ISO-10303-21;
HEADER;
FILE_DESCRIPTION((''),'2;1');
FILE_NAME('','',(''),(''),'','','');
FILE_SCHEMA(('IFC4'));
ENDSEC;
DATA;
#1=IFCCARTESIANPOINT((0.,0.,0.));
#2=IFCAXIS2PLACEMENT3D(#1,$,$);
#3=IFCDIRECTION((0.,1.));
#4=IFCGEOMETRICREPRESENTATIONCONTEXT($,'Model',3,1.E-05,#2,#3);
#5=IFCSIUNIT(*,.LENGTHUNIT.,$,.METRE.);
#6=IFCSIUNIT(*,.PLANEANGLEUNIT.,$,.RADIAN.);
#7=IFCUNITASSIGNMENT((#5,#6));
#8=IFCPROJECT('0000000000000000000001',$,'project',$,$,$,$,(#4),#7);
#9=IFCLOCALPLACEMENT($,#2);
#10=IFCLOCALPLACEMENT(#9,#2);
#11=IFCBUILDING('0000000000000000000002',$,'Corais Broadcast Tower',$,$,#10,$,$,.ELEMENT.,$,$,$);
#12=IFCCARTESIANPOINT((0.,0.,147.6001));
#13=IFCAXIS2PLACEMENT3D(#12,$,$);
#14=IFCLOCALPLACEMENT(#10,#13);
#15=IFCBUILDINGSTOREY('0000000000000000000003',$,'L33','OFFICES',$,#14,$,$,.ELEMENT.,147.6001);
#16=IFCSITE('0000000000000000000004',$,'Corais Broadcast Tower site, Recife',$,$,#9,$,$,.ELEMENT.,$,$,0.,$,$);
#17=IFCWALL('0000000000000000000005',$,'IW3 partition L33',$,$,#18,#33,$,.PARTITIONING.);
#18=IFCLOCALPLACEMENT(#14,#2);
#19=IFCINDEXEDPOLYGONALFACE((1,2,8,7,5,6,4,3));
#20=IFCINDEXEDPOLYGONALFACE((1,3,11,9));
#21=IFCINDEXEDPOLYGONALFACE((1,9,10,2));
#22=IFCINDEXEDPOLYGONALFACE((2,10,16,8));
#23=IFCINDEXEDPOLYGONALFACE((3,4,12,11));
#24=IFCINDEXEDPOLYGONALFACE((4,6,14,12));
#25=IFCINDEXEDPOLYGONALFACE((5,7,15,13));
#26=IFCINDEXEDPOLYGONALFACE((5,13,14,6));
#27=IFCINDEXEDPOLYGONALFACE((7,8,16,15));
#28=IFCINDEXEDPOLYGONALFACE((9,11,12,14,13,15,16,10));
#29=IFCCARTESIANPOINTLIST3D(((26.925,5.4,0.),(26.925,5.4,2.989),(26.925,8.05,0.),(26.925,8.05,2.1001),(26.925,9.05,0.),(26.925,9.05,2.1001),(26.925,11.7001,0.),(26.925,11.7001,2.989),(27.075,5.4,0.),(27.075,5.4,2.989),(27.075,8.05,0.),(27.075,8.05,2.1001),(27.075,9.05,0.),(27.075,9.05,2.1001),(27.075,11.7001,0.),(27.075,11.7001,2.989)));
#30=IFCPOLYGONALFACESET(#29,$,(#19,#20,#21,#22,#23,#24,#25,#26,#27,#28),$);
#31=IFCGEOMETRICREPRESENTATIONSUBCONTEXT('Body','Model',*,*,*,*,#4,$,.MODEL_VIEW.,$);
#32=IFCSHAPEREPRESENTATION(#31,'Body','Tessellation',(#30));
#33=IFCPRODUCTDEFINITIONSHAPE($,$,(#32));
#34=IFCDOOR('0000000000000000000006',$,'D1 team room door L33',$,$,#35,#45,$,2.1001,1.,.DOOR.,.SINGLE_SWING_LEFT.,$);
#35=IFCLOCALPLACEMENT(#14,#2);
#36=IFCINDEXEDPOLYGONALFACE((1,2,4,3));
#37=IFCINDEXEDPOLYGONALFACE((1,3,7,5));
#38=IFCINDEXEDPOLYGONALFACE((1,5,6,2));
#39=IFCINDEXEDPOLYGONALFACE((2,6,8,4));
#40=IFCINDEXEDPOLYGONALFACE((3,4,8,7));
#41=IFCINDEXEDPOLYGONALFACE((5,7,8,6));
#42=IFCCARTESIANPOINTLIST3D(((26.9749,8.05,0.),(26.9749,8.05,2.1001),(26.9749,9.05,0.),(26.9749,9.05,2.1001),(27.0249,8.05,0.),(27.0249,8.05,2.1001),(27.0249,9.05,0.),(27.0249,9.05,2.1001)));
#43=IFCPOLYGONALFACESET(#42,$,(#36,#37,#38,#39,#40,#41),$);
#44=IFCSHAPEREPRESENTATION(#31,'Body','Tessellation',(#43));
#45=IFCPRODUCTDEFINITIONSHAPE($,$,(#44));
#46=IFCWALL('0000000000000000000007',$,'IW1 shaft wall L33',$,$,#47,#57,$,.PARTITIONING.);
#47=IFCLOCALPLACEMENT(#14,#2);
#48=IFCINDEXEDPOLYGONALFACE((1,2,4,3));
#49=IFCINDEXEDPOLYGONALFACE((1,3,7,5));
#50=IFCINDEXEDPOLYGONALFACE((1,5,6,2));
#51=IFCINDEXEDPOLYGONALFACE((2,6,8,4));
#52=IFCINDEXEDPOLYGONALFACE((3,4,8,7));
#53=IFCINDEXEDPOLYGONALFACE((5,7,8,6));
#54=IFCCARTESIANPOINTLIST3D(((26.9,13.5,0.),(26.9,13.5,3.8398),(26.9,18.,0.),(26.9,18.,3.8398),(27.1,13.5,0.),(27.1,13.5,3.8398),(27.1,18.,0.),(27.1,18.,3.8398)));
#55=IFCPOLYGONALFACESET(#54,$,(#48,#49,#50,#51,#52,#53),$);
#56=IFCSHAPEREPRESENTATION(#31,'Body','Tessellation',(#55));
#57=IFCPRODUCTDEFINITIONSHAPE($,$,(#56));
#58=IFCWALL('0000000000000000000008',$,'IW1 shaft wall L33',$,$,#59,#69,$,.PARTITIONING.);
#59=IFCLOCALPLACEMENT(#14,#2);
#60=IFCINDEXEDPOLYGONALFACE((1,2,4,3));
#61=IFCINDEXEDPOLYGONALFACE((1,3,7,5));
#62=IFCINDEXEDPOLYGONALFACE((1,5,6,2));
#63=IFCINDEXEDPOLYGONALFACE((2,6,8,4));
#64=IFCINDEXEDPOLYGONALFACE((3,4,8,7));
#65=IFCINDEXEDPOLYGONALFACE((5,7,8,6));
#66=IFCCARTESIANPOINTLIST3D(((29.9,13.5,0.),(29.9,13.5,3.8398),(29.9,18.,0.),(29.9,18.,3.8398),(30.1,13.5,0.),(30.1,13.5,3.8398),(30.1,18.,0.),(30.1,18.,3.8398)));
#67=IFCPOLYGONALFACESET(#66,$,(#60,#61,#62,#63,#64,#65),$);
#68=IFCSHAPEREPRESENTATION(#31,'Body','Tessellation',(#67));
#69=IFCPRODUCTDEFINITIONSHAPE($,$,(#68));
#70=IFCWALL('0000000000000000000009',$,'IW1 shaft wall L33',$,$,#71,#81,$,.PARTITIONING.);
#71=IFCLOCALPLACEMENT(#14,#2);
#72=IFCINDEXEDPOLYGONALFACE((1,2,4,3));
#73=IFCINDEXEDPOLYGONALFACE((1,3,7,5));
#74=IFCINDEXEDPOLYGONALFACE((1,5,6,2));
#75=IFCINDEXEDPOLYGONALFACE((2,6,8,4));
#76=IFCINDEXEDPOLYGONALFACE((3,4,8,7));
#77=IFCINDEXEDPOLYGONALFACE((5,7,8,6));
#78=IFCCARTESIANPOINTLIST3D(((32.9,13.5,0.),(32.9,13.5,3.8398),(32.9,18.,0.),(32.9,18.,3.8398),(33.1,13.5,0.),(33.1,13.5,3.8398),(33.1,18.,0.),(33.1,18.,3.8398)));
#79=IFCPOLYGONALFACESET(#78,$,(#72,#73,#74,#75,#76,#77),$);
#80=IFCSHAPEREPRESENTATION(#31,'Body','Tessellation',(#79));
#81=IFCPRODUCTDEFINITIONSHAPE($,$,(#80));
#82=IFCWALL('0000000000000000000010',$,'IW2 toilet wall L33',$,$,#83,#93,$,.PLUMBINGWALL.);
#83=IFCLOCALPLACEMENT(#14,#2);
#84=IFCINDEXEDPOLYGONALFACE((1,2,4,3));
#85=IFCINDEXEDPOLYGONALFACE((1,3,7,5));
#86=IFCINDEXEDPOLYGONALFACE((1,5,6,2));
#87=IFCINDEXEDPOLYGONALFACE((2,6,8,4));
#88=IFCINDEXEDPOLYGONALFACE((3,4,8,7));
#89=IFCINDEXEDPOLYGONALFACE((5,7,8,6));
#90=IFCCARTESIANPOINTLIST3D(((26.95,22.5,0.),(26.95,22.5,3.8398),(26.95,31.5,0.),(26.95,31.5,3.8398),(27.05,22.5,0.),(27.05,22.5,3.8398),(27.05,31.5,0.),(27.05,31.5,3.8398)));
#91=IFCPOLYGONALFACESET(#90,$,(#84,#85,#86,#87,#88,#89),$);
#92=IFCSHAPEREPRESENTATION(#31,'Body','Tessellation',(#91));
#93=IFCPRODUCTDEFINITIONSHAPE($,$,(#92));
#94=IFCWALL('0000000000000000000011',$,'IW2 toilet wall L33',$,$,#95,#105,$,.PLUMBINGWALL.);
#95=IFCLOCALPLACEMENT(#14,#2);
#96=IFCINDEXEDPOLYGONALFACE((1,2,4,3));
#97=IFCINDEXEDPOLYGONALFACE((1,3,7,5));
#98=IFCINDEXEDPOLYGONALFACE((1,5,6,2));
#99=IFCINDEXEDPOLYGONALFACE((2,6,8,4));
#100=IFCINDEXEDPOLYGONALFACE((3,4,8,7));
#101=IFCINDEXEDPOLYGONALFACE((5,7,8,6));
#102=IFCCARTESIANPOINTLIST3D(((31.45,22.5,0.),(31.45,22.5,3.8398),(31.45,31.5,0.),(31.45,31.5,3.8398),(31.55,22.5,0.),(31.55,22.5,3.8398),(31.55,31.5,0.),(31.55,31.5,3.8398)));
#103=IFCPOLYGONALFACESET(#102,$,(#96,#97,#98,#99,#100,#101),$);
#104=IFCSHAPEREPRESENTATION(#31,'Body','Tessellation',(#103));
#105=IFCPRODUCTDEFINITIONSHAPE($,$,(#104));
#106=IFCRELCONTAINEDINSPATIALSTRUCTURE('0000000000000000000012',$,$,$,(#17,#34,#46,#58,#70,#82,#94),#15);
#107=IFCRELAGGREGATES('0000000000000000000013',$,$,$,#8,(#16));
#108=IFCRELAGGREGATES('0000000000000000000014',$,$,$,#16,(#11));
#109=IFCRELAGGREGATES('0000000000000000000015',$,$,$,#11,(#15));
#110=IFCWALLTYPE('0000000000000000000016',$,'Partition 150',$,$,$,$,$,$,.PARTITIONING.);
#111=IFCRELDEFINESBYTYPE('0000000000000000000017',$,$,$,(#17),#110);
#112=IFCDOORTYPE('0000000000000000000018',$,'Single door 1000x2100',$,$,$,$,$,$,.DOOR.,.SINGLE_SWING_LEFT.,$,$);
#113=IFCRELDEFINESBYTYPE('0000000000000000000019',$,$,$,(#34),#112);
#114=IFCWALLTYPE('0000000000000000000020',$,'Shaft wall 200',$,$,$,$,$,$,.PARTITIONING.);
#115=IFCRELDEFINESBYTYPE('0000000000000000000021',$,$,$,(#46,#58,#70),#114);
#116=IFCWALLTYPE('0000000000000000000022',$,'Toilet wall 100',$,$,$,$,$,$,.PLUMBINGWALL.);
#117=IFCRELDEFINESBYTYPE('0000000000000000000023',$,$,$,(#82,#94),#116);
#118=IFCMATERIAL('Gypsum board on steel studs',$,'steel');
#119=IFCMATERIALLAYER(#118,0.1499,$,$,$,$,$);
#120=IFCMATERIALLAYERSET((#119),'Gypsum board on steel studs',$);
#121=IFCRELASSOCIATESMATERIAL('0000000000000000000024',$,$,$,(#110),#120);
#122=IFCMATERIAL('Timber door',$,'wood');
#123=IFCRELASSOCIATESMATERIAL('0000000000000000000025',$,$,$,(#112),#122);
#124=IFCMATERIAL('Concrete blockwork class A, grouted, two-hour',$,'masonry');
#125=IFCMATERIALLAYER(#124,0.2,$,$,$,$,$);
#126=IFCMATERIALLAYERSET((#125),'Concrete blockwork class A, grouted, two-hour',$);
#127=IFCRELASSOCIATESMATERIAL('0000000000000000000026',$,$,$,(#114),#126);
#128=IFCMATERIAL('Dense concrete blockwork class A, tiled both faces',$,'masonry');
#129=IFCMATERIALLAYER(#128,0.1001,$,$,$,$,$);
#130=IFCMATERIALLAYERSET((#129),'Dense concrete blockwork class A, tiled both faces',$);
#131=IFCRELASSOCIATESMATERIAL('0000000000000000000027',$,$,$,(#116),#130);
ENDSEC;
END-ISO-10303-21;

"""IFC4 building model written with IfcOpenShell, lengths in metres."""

from ifc_helpers import new_model, si_unit, direction, frame, frame_2d, origin, place, context, subcontext, project, spatial, rectangle, extrude, material, layer, layer_set, type_object, element, fill, save


model = new_model("IFC4")

# Units and contexts
model_context = context("Model", 3, precision=1e-05, world=origin(), true_north=direction((0.0, 1.0)))
body_context = subcontext(model_context, "Body", "Model", "MODEL_VIEW")
ifc_project = project(units=[si_unit("LENGTHUNIT", "METRE"), si_unit("PLANEANGLEUNIT", "RADIAN")], contexts=[model_context])

# Site, building, storey
site_placement = place(None, origin())
site = spatial("IfcSite", under=ifc_project, at=site_placement, Name="Corais Broadcast Tower site, Recife", CompositionType="ELEMENT", RefElevation=0.0)
building_placement = place(site_placement, origin())
building = spatial("IfcBuilding", under=site, at=building_placement, Name="Corais Broadcast Tower", CompositionType="ELEMENT")
storey_placement = place(building_placement, frame((0.0, 0.0, 147.6001)))
storey = spatial("IfcBuildingStorey", under=building, at=storey_placement, Name="L33", Description="OFFICES", CompositionType="ELEMENT", Elevation=147.6001)

# Wall, opening, door
ifc_material_1 = material(Name="Gypsum board on steel studs", Category="steel")
ifc_layer_1 = layer(ifc_material_1, 0.1499)
ifc_layer_set_1 = layer_set([ifc_layer_1], Name="Gypsum board on steel studs")
wall_type_1 = type_object("IfcWallType", Name="Partition 150", PredefinedType="PARTITIONING", material=ifc_layer_set_1)
ifc_material_2 = material(Name="Timber door", Category="wood")
door_type_1 = type_object("IfcDoorType", Name="Single door 1000x2100", OperationType="SINGLE_SWING_LEFT", PredefinedType="DOOR", material=ifc_material_2)
wall_1_placement = place(storey_placement, frame((27.0, 11.7, 0.0), z_axis=(0.0, 0.0, 1.0), x_axis=(0.0, -1.0, 0.0)))
wall_1 = element("IfcWall", 1, at=wall_1_placement, inside=storey, type_object=wall_type_1, Name="IW3 partition L33", PredefinedType="PARTITIONING", context=body_context, shape_type="SweptSolid", body=[
    extrude(rectangle(XDim=6.3, YDim=0.1499, at=frame_2d((3.1499, 0.0))), origin(), (0.0, 0.0, 1.0), 2.989),
])
opening_1_placement = place(wall_1_placement, frame((2.6499, 0.0, 0.0)))
opening_1 = element("IfcOpeningElement", 2, at=opening_1_placement, cuts=wall_1, PredefinedType="OPENING", context=body_context, shape_type="SweptSolid", body=[
    extrude(rectangle(XDim=1.0, YDim=2.1001, at=frame_2d((0.5, 1.05))), frame((0.0, 0.085, 0.0), z_axis=(0.0, -1.0, 0.0), x_axis=(1.0, 0.0, 0.0)), (0.0, 0.0, 1.0), 0.1699),
])
door_1_placement = place(opening_1_placement, origin())
door_1 = element("IfcDoor", 3, at=door_1_placement, inside=storey, type_object=door_type_1, Name="D1 team room door L33", OperationType="SINGLE_SWING_LEFT", OverallHeight=2.1001, OverallWidth=1.0, PredefinedType="DOOR", context=body_context, shape_type="SweptSolid", body=[
    extrude(rectangle(XDim=1.0, YDim=2.1001, at=frame_2d((0.5, 1.05))), frame((0.0, 0.0249, 0.0), z_axis=(0.0, -1.0, 0.0), x_axis=(1.0, 0.0, 0.0)), (0.0, 0.0, 1.0), 0.05),
])
fill(opening_1, door_1)

# Walls
ifc_material_3 = material(Name="Concrete blockwork class A, grouted, two-hour", Category="masonry")
ifc_layer_2 = layer(ifc_material_3, 0.2)
ifc_layer_set_2 = layer_set([ifc_layer_2], Name="Concrete blockwork class A, grouted, two-hour")
wall_type_2 = type_object("IfcWallType", Name="Shaft wall 200", PredefinedType="PARTITIONING", material=ifc_layer_set_2)
for number, where, z_axis, x_axis, name in (
    (4, (27.0, 13.5, 0.0), (0.0, 0.0, 1.0), (0.0, 1.0, 0.0), "IW1 shaft wall L33"),
    (5, (30.0, 13.5, 0.0), (0.0, 0.0, 1.0), (0.0, 1.0, 0.0), "IW1 shaft wall L33"),
    (6, (33.0, 13.5, 0.0), (0.0, 0.0, 1.0), (0.0, 1.0, 0.0), "IW1 shaft wall L33"),
):
    element("IfcWall", number, at=place(storey_placement, frame(where, z_axis=z_axis, x_axis=x_axis)), inside=storey, type_object=wall_type_2, Name=name, PredefinedType="PARTITIONING", context=body_context, shape_type="SweptSolid", body=[
        extrude(rectangle(XDim=4.5, YDim=0.2, at=frame_2d((2.25, 0.0))), origin(), (0.0, 0.0, 1.0), 3.8398),
    ])
ifc_material_4 = material(Name="Dense concrete blockwork class A, tiled both faces", Category="masonry")
ifc_layer_3 = layer(ifc_material_4, 0.1001)
ifc_layer_set_3 = layer_set([ifc_layer_3], Name="Dense concrete blockwork class A, tiled both faces")
wall_type_3 = type_object("IfcWallType", Name="Toilet wall 100", PredefinedType="PLUMBINGWALL", material=ifc_layer_set_3)
for number, where, z_axis, x_axis, name in (
    (7, (27.0, 22.5, 0.0), (0.0, 0.0, 1.0), (0.0, 1.0, 0.0), "IW2 toilet wall L33"),
    (8, (31.5, 22.5, 0.0), (0.0, 0.0, 1.0), (0.0, 1.0, 0.0), "IW2 toilet wall L33"),
):
    element("IfcWall", number, at=place(storey_placement, frame(where, z_axis=z_axis, x_axis=x_axis)), inside=storey, type_object=wall_type_3, Name=name, PredefinedType="PLUMBINGWALL", context=body_context, shape_type="SweptSolid", body=[
        extrude(rectangle(XDim=9.0, YDim=0.1001, at=frame_2d((4.5, 0.0))), origin(), (0.0, 0.0, 1.0), 3.8398),
    ])

save(model, "model.ifc")
